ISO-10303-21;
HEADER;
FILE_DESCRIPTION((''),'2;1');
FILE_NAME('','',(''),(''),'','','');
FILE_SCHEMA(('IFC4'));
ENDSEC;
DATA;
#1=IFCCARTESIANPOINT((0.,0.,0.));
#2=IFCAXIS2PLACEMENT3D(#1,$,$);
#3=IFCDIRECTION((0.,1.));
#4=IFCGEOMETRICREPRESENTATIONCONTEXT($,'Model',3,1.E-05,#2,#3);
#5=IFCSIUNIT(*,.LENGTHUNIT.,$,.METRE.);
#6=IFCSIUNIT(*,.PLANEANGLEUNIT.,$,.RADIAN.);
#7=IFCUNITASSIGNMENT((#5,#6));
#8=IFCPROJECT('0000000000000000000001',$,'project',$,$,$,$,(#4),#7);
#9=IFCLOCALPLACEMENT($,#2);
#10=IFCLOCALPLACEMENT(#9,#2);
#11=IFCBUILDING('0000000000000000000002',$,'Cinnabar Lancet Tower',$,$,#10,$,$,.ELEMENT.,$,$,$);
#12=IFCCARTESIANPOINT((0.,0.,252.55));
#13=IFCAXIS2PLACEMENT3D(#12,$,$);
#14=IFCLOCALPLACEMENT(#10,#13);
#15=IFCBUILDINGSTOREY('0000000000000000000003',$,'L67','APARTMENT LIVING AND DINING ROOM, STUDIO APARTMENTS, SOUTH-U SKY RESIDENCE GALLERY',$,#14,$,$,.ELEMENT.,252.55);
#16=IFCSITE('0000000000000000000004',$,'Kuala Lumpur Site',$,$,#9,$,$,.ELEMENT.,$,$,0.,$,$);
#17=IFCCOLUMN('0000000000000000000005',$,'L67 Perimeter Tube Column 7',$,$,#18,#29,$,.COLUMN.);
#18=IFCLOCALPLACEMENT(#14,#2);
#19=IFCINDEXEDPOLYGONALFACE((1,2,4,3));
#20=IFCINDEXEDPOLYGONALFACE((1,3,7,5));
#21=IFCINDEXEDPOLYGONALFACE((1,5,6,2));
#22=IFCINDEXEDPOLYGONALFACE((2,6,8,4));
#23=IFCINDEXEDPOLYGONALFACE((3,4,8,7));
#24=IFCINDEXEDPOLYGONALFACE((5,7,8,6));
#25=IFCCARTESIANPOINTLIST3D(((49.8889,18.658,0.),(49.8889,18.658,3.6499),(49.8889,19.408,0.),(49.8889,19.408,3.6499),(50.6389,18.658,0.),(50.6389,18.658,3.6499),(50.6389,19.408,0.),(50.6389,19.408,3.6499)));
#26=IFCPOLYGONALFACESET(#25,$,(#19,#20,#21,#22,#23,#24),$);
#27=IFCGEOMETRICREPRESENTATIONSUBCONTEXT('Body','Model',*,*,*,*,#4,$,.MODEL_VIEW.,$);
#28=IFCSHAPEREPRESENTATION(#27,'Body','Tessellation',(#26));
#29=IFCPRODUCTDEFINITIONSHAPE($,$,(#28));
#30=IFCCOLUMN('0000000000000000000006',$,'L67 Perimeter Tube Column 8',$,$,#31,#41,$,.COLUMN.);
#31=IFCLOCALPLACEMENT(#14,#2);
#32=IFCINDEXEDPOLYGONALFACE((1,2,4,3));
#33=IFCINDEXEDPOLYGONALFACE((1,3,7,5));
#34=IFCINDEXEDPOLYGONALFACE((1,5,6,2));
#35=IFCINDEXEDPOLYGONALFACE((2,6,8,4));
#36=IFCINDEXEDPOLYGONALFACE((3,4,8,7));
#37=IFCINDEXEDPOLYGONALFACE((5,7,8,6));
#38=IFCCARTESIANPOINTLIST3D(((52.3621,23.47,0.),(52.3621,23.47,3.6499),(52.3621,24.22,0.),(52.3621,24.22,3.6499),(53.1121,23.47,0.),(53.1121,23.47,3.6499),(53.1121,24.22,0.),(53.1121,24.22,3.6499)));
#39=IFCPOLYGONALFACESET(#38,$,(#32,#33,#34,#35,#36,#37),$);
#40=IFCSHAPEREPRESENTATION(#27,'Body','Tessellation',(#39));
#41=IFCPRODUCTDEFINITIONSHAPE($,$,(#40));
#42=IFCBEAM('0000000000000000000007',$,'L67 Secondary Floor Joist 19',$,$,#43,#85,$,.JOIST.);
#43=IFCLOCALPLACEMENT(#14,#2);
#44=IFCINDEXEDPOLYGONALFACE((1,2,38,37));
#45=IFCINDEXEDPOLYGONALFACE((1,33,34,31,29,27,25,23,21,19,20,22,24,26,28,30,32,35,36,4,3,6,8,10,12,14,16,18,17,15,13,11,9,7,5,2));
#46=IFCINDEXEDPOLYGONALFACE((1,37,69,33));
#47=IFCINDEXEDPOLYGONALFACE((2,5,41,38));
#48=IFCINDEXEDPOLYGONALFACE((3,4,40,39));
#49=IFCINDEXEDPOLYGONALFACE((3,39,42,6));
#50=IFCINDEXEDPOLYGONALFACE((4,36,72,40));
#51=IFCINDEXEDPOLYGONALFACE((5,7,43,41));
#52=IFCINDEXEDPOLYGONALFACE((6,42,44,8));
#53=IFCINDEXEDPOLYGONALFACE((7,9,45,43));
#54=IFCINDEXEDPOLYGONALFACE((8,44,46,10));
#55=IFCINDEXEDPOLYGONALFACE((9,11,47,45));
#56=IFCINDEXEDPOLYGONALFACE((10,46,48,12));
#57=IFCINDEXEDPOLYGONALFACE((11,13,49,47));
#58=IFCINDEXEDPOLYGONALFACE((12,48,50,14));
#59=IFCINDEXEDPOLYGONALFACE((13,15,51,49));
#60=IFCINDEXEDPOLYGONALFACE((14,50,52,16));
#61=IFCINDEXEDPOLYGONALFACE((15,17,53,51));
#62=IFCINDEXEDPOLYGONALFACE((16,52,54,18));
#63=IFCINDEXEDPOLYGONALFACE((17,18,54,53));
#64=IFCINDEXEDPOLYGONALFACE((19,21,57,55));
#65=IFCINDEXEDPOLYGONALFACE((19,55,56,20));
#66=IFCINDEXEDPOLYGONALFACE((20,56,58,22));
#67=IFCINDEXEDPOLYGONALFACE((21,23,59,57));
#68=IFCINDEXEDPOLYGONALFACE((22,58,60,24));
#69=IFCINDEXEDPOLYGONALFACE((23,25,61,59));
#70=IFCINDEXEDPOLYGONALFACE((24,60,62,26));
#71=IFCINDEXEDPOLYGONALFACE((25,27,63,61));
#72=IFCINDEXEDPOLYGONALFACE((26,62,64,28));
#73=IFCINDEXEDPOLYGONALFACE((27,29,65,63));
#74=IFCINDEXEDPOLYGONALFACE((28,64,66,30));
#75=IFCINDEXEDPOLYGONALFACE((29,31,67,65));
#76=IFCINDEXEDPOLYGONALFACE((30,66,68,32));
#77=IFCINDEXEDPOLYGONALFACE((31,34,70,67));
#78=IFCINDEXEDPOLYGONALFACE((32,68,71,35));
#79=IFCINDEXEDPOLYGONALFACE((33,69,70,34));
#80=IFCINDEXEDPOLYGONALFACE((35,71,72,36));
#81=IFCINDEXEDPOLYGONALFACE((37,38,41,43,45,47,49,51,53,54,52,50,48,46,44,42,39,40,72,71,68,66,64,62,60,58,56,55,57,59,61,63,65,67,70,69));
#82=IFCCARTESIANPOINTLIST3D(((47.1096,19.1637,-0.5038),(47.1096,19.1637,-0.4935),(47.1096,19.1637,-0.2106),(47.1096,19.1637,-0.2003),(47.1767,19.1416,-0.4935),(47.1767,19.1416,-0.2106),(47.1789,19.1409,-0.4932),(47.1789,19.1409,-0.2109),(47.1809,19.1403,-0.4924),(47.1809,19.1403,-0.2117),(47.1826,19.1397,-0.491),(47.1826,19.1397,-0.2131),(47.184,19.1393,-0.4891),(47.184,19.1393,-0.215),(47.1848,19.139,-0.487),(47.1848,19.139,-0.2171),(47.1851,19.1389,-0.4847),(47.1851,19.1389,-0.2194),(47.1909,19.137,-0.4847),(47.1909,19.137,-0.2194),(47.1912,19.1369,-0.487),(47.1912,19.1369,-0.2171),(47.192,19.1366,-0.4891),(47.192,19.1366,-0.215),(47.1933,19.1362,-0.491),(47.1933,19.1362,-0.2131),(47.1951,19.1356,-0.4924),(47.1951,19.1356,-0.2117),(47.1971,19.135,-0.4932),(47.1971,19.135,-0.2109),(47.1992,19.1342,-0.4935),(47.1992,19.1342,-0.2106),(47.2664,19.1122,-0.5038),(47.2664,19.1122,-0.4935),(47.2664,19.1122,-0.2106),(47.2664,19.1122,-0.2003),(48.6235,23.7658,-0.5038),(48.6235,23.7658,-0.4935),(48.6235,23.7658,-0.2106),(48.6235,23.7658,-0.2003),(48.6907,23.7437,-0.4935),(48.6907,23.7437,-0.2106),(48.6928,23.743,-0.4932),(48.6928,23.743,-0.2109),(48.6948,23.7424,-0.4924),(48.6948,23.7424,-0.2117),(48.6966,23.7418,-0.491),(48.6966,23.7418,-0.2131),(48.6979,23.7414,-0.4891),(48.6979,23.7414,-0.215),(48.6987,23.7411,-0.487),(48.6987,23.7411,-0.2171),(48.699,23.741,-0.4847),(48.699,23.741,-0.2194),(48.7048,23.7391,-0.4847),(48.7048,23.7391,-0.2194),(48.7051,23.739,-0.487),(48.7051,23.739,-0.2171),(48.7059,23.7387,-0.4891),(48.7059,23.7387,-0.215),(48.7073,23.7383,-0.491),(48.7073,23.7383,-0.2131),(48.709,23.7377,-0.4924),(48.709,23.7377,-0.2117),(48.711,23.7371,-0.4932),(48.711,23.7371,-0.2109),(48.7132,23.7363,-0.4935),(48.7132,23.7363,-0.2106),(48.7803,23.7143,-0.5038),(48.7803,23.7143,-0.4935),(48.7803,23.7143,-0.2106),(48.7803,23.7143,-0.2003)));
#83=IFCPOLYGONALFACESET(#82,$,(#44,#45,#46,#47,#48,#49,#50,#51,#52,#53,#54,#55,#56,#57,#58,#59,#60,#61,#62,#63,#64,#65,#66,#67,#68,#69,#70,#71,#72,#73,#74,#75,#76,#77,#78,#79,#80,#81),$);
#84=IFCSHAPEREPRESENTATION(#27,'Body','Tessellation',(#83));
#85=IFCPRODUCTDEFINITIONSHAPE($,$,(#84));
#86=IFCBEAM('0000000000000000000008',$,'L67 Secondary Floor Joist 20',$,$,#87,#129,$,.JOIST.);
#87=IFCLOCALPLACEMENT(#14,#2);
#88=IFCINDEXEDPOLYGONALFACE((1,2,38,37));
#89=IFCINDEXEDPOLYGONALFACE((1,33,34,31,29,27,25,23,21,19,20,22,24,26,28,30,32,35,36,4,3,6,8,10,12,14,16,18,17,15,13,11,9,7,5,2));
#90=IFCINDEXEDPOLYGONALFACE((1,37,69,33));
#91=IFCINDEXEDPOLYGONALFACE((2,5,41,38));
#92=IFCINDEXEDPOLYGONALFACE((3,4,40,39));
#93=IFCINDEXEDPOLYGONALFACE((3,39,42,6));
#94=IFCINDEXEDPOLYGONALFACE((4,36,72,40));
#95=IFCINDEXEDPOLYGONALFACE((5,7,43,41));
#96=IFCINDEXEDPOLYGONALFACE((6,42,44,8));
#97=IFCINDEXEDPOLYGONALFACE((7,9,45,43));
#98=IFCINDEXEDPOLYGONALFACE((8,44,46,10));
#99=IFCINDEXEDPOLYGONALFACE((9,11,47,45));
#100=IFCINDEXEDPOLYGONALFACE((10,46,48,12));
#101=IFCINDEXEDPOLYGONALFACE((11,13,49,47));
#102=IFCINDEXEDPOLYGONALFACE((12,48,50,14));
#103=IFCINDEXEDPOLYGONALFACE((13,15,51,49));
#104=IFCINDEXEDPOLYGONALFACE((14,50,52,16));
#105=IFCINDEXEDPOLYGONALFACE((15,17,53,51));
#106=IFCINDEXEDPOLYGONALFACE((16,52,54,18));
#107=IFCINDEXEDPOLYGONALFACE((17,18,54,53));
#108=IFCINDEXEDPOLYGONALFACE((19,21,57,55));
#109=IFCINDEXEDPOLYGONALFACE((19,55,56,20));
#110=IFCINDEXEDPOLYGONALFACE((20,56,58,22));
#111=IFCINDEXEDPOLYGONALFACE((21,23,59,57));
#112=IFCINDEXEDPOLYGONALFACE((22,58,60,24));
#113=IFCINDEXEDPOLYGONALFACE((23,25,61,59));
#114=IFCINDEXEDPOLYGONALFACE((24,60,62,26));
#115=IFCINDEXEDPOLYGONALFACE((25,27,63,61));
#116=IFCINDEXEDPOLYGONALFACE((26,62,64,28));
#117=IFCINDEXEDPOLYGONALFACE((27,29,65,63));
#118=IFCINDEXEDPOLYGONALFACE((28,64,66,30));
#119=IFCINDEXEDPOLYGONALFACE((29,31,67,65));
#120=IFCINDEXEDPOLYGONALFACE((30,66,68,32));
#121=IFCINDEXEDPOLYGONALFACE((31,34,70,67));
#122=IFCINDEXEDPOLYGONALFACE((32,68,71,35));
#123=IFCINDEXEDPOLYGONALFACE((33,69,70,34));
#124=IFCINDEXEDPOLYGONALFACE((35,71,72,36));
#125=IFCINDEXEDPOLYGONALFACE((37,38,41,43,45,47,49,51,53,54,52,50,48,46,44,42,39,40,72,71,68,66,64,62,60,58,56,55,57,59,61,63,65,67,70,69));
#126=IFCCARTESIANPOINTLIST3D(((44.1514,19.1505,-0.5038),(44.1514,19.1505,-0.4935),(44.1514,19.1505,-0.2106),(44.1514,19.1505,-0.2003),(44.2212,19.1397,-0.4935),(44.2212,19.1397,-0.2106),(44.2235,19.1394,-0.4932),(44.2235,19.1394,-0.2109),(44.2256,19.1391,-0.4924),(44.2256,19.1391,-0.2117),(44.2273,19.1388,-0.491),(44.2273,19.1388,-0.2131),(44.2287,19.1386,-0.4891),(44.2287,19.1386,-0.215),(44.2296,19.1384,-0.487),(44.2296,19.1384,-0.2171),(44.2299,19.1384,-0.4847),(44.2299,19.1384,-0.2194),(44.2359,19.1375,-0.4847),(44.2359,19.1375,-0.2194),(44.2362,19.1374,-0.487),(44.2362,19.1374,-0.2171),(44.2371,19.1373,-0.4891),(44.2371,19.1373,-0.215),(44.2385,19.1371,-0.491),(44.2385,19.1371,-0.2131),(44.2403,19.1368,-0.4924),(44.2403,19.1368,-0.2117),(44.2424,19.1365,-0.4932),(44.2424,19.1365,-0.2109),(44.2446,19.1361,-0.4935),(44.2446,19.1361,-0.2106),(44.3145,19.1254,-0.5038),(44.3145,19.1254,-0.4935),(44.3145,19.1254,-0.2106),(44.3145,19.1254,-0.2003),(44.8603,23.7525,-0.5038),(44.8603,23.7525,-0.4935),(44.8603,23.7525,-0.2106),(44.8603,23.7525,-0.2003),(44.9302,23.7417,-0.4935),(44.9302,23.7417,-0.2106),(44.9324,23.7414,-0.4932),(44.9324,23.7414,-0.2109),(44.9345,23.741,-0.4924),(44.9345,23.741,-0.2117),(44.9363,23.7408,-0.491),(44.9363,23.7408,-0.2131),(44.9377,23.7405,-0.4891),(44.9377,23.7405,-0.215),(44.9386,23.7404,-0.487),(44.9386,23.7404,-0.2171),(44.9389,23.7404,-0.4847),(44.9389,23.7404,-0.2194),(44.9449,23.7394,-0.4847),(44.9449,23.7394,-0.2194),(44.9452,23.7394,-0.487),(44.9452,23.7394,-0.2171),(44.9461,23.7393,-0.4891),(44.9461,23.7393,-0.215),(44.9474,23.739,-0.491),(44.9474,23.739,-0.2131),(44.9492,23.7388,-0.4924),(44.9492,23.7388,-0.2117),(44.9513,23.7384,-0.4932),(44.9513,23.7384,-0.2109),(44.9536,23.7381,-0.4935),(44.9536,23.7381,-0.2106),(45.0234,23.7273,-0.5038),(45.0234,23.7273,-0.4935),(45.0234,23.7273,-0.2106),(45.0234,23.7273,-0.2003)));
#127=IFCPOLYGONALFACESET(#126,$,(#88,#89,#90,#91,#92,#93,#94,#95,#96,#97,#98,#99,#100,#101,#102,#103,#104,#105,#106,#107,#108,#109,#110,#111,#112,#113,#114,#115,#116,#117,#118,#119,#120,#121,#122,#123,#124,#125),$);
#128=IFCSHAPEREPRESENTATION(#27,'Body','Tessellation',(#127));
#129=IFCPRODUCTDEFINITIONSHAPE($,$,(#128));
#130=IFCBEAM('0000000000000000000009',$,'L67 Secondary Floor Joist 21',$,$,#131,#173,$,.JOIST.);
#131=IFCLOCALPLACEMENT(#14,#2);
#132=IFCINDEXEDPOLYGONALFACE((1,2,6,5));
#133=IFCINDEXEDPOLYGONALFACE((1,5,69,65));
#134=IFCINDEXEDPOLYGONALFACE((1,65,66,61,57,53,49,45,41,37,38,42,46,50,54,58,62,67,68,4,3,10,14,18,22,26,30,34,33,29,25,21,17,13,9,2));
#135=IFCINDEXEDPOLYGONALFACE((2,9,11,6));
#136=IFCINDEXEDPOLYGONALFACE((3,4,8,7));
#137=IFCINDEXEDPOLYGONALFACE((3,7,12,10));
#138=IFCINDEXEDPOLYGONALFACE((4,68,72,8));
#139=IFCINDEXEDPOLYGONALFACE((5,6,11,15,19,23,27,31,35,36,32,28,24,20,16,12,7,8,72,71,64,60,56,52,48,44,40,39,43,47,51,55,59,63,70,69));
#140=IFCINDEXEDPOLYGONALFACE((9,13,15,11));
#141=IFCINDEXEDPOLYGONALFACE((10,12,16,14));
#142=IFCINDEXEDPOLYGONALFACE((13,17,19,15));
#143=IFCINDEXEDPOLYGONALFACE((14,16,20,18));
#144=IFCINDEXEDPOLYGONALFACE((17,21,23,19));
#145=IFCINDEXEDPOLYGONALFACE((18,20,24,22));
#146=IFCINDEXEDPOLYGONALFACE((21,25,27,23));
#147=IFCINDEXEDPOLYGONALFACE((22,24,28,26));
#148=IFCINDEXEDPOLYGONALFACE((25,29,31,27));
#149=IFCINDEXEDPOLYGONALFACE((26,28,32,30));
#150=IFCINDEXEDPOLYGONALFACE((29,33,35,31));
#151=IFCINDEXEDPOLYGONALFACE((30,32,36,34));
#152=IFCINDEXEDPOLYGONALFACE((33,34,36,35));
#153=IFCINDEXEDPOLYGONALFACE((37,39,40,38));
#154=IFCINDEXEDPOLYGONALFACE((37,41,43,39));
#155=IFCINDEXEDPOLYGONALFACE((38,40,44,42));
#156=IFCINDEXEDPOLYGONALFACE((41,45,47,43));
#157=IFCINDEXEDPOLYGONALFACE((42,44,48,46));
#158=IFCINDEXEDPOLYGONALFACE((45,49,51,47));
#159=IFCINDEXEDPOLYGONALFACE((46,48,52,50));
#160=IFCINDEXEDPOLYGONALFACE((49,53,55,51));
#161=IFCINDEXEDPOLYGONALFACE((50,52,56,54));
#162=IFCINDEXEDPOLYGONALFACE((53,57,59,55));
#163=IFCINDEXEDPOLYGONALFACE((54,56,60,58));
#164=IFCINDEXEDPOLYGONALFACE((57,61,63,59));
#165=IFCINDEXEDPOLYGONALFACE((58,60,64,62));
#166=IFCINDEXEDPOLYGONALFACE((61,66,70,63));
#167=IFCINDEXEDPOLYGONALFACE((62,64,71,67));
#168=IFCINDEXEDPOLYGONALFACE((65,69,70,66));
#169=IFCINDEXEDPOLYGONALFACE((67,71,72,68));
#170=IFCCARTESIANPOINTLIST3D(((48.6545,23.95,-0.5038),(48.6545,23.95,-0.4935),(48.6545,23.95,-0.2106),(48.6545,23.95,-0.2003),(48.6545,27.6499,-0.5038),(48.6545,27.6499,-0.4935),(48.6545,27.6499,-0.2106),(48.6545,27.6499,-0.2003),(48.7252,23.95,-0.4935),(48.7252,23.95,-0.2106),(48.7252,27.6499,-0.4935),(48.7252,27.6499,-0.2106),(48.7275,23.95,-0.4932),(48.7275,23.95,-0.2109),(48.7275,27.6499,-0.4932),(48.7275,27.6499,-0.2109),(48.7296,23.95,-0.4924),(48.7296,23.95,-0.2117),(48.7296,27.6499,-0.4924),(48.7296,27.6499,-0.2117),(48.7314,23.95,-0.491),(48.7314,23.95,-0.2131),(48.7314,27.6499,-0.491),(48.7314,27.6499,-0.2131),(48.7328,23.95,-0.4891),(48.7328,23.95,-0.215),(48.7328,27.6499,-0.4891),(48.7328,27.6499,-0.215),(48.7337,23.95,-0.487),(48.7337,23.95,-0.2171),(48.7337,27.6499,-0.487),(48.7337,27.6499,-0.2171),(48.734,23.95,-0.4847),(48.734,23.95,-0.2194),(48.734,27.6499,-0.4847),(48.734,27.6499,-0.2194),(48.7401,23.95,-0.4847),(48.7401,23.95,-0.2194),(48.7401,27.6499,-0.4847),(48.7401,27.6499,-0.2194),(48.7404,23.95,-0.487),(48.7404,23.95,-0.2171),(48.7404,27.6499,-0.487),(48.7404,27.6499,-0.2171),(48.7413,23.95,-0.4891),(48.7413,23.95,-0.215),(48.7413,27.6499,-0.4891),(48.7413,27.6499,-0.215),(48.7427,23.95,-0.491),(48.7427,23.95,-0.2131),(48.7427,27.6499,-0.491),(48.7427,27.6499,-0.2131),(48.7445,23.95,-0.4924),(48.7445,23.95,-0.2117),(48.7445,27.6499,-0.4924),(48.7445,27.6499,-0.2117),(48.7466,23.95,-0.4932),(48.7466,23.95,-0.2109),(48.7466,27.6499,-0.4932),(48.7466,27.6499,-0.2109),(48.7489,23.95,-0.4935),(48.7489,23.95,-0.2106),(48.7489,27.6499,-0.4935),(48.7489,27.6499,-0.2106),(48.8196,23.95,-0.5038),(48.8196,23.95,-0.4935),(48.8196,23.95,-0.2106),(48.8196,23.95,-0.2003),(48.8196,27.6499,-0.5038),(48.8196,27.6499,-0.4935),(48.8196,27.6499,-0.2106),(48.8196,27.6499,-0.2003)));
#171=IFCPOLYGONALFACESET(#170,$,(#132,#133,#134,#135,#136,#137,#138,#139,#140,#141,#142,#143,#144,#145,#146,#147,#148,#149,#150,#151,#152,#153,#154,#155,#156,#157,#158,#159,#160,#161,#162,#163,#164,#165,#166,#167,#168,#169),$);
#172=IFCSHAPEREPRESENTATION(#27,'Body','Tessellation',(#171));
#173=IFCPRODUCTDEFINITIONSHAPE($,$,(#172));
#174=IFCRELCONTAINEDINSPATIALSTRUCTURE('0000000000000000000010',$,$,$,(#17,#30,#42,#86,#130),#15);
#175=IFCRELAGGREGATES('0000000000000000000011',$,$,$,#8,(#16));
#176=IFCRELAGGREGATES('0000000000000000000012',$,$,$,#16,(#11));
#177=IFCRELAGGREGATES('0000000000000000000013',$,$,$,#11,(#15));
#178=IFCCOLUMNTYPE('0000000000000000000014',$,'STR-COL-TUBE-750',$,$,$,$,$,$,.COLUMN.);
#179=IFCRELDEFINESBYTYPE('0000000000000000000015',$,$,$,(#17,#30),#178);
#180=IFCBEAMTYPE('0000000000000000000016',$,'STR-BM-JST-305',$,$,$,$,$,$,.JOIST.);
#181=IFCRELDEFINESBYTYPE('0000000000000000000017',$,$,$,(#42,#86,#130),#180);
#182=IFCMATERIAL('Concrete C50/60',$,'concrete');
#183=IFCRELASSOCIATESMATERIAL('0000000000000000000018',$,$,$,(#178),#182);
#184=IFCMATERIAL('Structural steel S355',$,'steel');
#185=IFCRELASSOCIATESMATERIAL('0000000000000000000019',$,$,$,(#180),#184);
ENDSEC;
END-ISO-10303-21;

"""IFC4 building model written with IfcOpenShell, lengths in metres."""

from ifc_helpers import new_model, si_unit, direction, frame, origin, origin_2d, place, context, subcontext, project, spatial, rectangle, i_section, extrude, material, material_profile, profile_set, type_object, element, save


model = new_model("IFC4")

# Units and contexts
model_context = context("Model", 3, precision=1e-05, world=origin(), true_north=direction((0.0, 1.0)))
body_context = subcontext(model_context, "Body", "Model", "MODEL_VIEW")
ifc_project = project(units=[si_unit("LENGTHUNIT", "METRE"), si_unit("PLANEANGLEUNIT", "RADIAN")], contexts=[model_context])

# Site, building, storey
site_placement = place(None, origin())
site = spatial("IfcSite", under=ifc_project, at=site_placement, Name="Kuala Lumpur Site", CompositionType="ELEMENT", RefElevation=0.0)
building_placement = place(site_placement, origin())
building = spatial("IfcBuilding", under=site, at=building_placement, Name="Cinnabar Lancet Tower", CompositionType="ELEMENT")
storey_placement = place(building_placement, frame((0.0, 0.0, 252.55)))
storey = spatial("IfcBuildingStorey", under=building, at=storey_placement, Name="L67", Description="APARTMENT LIVING AND DINING ROOM, STUDIO APARTMENTS, SOUTH-U SKY RESIDENCE GALLERY", CompositionType="ELEMENT", Elevation=252.55)

# Columns
ifc_material_1 = material(Name="Concrete C50/60", Category="concrete")
ifc_material_profile_1 = material_profile(ifc_material_1, rectangle(XDim=0.75, YDim=0.75, at=origin_2d()), Name="RC-COL 750x750")
ifc_profile_set_1 = profile_set([ifc_material_profile_1], Name="Concrete C50/60")
column_type = type_object("IfcColumnType", Name="STR-COL-TUBE-750", PredefinedType="COLUMN", material=ifc_profile_set_1)
for number, where, z_axis, x_axis, name in (
    (1, (50.2639, 19.033, 0.0), (0.0, 0.0, 1.0), (1.0, 0.0, 0.0), "L67 Perimeter Tube Column 7"),
    (2, (52.7371, 23.845, 0.0), (0.0, 0.0, 1.0), (1.0, 0.0, 0.0), "L67 Perimeter Tube Column 8"),
):
    element("IfcColumn", number, at=place(storey_placement, frame(where, z_axis=z_axis, x_axis=x_axis)), inside=storey, type_object=column_type, Name=name, PredefinedType="COLUMN", context=body_context, shape_type="SweptSolid", body=[
        extrude(rectangle(XDim=0.75, YDim=0.75, at=origin_2d()), origin(), (0.0, 0.0, 1.0), 3.6499),
    ])

# Beams
ifc_material_2 = material(Name="Structural steel S355", Category="steel")
ifc_material_profile_2 = material_profile(ifc_material_2, i_section(OverallWidth=0.165, OverallDepth=0.3035, WebThickness=0.0061, FlangeThickness=0.0103, FilletRadius=0.0088, at=origin_2d()), Name="UKB 305x165x40")
ifc_profile_set_2 = profile_set([ifc_material_profile_2], Name="Structural steel S355")
beam_type_1 = type_object("IfcBeamType", Name="STR-BM-JST-305", PredefinedType="JOIST", material=ifc_profile_set_2)
beam_1_placement = place(storey_placement, frame((47.188, 19.1379, -0.3521), z_axis=(0.312491, 0.949921, 0.0), x_axis=(-0.949921, 0.312491, 0.0)))
element("IfcBeam", 3, at=beam_1_placement, inside=storey, type_object=beam_type_1, Name="L67 Secondary Floor Joist 19", PredefinedType="JOIST", context=body_context, shape_type="SweptSolid", body=[
    extrude(i_section(OverallWidth=0.165, OverallDepth=0.3035, WebThickness=0.0061, FlangeThickness=0.0103, FilletRadius=0.0088, at=origin_2d()), origin(), (0.0, 0.0, 1.0), 4.8447),
])
beam_2_placement = place(storey_placement, frame((44.2329, 19.1379, -0.3521), z_axis=(0.152262, 0.98834, 0.0), x_axis=(-0.98834, 0.152262, 0.0)))
element("IfcBeam", 4, at=beam_2_placement, inside=storey, type_object=beam_type_1, Name="L67 Secondary Floor Joist 20", PredefinedType="JOIST", context=body_context, shape_type="SweptSolid", body=[
    extrude(i_section(OverallWidth=0.165, OverallDepth=0.3035, WebThickness=0.0061, FlangeThickness=0.0103, FilletRadius=0.0088, at=origin_2d()), origin(), (0.0, 0.0, 1.0), 4.6562),
])
for number, where, z_axis, x_axis, name in (
    (5, (48.7371, 23.95, -0.3521), (0.0, 1.0, 0.0), (-1.0, 0.0, 0.0), "L67 Secondary Floor Joist 21"),
):
    element("IfcBeam", number, at=place(storey_placement, frame(where, z_axis=z_axis, x_axis=x_axis)), inside=storey, type_object=beam_type_1, Name=name, PredefinedType="JOIST", context=body_context, shape_type="SweptSolid", body=[
        extrude(i_section(OverallWidth=0.165, OverallDepth=0.3035, WebThickness=0.0061, FlangeThickness=0.0103, FilletRadius=0.0088, at=origin_2d()), origin(), (0.0, 0.0, 1.0), 3.7),
    ])

save(model, "model.ifc")
